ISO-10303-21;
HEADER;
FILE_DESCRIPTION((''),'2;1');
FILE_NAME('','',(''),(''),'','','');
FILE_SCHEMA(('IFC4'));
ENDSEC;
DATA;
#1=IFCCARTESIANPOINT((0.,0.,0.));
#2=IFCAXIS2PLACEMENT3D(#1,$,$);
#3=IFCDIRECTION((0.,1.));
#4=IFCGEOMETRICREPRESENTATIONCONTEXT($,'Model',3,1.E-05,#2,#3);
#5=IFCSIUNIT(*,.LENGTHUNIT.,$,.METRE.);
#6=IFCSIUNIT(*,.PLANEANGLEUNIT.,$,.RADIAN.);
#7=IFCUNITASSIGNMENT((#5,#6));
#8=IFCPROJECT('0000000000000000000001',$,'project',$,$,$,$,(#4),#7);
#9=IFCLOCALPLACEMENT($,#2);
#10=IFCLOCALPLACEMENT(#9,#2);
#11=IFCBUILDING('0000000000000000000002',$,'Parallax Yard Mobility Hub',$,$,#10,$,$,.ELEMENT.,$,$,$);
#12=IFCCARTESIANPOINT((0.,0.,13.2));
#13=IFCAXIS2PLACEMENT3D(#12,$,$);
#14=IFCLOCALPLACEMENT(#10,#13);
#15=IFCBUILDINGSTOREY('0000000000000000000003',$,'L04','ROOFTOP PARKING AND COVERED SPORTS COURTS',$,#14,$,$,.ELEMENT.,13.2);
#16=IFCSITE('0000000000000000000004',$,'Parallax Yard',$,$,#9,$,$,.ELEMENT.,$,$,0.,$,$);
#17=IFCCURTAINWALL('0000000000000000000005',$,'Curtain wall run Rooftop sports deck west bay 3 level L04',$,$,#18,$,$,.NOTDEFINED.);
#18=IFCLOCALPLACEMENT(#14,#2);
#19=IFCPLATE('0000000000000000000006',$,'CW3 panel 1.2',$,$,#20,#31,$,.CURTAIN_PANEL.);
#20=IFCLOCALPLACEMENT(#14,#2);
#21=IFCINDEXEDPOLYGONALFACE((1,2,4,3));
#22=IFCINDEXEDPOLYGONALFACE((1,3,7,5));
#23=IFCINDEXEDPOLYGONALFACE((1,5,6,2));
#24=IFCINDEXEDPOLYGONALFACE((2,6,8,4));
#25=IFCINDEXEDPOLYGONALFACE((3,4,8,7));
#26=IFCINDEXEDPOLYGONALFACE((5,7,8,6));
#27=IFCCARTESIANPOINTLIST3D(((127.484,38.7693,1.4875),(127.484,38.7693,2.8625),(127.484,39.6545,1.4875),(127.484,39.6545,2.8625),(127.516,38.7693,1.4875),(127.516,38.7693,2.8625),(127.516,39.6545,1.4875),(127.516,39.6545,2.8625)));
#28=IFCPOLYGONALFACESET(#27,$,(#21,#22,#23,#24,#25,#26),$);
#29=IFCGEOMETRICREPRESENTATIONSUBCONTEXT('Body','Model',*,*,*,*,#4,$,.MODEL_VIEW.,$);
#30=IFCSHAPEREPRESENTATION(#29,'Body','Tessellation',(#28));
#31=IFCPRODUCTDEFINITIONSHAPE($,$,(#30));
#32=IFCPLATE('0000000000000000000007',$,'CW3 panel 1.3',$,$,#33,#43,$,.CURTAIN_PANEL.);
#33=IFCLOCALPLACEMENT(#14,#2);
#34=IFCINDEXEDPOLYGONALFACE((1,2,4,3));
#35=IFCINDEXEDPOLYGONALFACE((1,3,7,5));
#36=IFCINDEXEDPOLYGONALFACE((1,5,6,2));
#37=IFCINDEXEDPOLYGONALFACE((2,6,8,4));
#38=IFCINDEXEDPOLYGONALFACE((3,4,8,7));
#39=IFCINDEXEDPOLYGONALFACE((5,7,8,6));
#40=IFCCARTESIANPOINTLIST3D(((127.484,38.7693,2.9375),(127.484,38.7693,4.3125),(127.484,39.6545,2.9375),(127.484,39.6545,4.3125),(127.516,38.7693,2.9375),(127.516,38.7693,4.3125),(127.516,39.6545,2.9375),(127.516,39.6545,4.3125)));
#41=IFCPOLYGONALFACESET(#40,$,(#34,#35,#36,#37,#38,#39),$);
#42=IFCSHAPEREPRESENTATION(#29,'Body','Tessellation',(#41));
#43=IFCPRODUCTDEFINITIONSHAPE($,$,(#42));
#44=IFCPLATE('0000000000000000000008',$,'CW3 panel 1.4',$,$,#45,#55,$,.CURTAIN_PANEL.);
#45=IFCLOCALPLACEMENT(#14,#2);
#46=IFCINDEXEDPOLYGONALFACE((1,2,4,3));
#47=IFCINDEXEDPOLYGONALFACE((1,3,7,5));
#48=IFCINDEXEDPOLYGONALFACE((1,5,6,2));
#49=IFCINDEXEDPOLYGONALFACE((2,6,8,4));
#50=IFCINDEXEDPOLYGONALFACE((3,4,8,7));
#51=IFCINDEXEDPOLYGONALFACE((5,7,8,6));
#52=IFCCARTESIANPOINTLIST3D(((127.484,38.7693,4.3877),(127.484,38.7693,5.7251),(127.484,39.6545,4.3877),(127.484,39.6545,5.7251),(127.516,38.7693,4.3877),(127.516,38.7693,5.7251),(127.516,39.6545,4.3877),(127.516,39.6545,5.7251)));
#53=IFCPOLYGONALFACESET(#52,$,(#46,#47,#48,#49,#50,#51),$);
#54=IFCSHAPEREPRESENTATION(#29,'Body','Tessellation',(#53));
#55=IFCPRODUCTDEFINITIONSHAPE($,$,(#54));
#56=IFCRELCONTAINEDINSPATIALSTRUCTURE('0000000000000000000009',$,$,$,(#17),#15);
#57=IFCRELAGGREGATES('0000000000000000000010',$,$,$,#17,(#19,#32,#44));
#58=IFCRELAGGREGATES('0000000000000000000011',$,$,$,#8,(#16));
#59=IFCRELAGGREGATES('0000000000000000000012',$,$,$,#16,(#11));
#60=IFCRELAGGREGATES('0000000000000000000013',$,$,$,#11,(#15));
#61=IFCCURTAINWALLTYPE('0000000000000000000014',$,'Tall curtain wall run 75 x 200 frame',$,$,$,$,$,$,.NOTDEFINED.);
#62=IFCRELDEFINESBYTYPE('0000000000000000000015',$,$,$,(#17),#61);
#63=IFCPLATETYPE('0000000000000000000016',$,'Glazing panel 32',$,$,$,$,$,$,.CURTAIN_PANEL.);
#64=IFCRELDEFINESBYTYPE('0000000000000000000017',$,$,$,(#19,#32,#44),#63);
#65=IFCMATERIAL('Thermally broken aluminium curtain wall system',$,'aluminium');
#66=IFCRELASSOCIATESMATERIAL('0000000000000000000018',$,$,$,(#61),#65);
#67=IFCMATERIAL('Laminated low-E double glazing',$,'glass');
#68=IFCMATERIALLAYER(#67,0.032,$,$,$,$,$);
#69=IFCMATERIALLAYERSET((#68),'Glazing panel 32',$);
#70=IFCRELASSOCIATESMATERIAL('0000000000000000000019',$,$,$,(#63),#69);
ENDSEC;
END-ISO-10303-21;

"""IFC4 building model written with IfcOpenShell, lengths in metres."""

from ifc_helpers import new_model, si_unit, direction, frame, origin, origin_2d, place, context, subcontext, project, spatial, rectangle, extrude, material, layer, layer_set, type_object, element, aggregate, save


model = new_model("IFC4")

# Units and contexts
model_context = context("Model", 3, precision=1e-05, world=origin(), true_north=direction((0.0, 1.0)))
body_context = subcontext(model_context, "Body", "Model", "MODEL_VIEW")
ifc_project = project(units=[si_unit("LENGTHUNIT", "METRE"), si_unit("PLANEANGLEUNIT", "RADIAN")], contexts=[model_context])

# Site, building, storey
site_placement = place(None, origin())
site = spatial("IfcSite", under=ifc_project, at=site_placement, Name="Parallax Yard", CompositionType="ELEMENT", RefElevation=0.0)
building_placement = place(site_placement, origin())
building = spatial("IfcBuilding", under=site, at=building_placement, Name="Parallax Yard Mobility Hub", CompositionType="ELEMENT")
storey_placement = place(building_placement, frame((0.0, 0.0, 13.2)))
storey = spatial("IfcBuildingStorey", under=building, at=storey_placement, Name="L04", Description="ROOFTOP PARKING AND COVERED SPORTS COURTS", CompositionType="ELEMENT", Elevation=13.2)

# Shared definitions
ifc_material_1 = material(Name="Thermally broken aluminium curtain wall system", Category="aluminium")

# Curtain wall
curtain_wall_type_1 = type_object("IfcCurtainWallType", Name="Tall curtain wall run 75 x 200 frame", PredefinedType="NOTDEFINED", material=ifc_material_1)
curtain_wall_1_placement = place(storey_placement, origin())
curtain_wall_1 = element("IfcCurtainWall", 1, at=curtain_wall_1_placement, inside=storey, type_object=curtain_wall_type_1, Name="Curtain wall run Rooftop sports deck west bay 3 level L04", PredefinedType="NOTDEFINED")

# Plates
ifc_material_2 = material(Name="Laminated low-E double glazing", Category="glass")
ifc_layer_1 = layer(ifc_material_2, 0.032)
ifc_layer_set_1 = layer_set([ifc_layer_1], Name="Glazing panel 32")
plate_type = type_object("IfcPlateType", Name="Glazing panel 32", PredefinedType="CURTAIN_PANEL", material=ifc_layer_set_1)
plate_1_placement = place(storey_placement, frame((127.5, 39.2119, 1.4875), z_axis=(0.0, 0.0, 1.0), x_axis=(0.0, 1.0, 0.0)))
plate_1 = element("IfcPlate", 2, at=plate_1_placement, type_object=plate_type, Name="CW3 panel 1.2", PredefinedType="CURTAIN_PANEL", context=body_context, shape_type="SweptSolid", body=[
    extrude(rectangle(XDim=0.8853, YDim=0.032, at=origin_2d()), origin(), (0.0, 0.0, 1.0), 1.375),
])
plate_2_placement = place(storey_placement, frame((127.5, 39.2119, 2.9375), z_axis=(0.0, 0.0, 1.0), x_axis=(0.0, 1.0, 0.0)))
plate_2 = element("IfcPlate", 3, at=plate_2_placement, type_object=plate_type, Name="CW3 panel 1.3", PredefinedType="CURTAIN_PANEL", context=body_context, shape_type="SweptSolid", body=[
    extrude(rectangle(XDim=0.8853, YDim=0.032, at=origin_2d()), origin(), (0.0, 0.0, 1.0), 1.375),
])
plate_3_placement = place(storey_placement, frame((127.5, 39.2119, 4.3877), z_axis=(0.0, 0.0, 1.0), x_axis=(0.0, 1.0, 0.0)))
plate_3 = element("IfcPlate", 4, at=plate_3_placement, type_object=plate_type, Name="CW3 panel 1.4", PredefinedType="CURTAIN_PANEL", context=body_context, shape_type="SweptSolid", body=[
    extrude(rectangle(XDim=0.8853, YDim=0.032, at=origin_2d()), origin(), (0.0, 0.0, 1.0), 1.3374),
])
aggregate(curtain_wall_1, [plate_1, plate_2, plate_3])

save(model, "model.ifc")
